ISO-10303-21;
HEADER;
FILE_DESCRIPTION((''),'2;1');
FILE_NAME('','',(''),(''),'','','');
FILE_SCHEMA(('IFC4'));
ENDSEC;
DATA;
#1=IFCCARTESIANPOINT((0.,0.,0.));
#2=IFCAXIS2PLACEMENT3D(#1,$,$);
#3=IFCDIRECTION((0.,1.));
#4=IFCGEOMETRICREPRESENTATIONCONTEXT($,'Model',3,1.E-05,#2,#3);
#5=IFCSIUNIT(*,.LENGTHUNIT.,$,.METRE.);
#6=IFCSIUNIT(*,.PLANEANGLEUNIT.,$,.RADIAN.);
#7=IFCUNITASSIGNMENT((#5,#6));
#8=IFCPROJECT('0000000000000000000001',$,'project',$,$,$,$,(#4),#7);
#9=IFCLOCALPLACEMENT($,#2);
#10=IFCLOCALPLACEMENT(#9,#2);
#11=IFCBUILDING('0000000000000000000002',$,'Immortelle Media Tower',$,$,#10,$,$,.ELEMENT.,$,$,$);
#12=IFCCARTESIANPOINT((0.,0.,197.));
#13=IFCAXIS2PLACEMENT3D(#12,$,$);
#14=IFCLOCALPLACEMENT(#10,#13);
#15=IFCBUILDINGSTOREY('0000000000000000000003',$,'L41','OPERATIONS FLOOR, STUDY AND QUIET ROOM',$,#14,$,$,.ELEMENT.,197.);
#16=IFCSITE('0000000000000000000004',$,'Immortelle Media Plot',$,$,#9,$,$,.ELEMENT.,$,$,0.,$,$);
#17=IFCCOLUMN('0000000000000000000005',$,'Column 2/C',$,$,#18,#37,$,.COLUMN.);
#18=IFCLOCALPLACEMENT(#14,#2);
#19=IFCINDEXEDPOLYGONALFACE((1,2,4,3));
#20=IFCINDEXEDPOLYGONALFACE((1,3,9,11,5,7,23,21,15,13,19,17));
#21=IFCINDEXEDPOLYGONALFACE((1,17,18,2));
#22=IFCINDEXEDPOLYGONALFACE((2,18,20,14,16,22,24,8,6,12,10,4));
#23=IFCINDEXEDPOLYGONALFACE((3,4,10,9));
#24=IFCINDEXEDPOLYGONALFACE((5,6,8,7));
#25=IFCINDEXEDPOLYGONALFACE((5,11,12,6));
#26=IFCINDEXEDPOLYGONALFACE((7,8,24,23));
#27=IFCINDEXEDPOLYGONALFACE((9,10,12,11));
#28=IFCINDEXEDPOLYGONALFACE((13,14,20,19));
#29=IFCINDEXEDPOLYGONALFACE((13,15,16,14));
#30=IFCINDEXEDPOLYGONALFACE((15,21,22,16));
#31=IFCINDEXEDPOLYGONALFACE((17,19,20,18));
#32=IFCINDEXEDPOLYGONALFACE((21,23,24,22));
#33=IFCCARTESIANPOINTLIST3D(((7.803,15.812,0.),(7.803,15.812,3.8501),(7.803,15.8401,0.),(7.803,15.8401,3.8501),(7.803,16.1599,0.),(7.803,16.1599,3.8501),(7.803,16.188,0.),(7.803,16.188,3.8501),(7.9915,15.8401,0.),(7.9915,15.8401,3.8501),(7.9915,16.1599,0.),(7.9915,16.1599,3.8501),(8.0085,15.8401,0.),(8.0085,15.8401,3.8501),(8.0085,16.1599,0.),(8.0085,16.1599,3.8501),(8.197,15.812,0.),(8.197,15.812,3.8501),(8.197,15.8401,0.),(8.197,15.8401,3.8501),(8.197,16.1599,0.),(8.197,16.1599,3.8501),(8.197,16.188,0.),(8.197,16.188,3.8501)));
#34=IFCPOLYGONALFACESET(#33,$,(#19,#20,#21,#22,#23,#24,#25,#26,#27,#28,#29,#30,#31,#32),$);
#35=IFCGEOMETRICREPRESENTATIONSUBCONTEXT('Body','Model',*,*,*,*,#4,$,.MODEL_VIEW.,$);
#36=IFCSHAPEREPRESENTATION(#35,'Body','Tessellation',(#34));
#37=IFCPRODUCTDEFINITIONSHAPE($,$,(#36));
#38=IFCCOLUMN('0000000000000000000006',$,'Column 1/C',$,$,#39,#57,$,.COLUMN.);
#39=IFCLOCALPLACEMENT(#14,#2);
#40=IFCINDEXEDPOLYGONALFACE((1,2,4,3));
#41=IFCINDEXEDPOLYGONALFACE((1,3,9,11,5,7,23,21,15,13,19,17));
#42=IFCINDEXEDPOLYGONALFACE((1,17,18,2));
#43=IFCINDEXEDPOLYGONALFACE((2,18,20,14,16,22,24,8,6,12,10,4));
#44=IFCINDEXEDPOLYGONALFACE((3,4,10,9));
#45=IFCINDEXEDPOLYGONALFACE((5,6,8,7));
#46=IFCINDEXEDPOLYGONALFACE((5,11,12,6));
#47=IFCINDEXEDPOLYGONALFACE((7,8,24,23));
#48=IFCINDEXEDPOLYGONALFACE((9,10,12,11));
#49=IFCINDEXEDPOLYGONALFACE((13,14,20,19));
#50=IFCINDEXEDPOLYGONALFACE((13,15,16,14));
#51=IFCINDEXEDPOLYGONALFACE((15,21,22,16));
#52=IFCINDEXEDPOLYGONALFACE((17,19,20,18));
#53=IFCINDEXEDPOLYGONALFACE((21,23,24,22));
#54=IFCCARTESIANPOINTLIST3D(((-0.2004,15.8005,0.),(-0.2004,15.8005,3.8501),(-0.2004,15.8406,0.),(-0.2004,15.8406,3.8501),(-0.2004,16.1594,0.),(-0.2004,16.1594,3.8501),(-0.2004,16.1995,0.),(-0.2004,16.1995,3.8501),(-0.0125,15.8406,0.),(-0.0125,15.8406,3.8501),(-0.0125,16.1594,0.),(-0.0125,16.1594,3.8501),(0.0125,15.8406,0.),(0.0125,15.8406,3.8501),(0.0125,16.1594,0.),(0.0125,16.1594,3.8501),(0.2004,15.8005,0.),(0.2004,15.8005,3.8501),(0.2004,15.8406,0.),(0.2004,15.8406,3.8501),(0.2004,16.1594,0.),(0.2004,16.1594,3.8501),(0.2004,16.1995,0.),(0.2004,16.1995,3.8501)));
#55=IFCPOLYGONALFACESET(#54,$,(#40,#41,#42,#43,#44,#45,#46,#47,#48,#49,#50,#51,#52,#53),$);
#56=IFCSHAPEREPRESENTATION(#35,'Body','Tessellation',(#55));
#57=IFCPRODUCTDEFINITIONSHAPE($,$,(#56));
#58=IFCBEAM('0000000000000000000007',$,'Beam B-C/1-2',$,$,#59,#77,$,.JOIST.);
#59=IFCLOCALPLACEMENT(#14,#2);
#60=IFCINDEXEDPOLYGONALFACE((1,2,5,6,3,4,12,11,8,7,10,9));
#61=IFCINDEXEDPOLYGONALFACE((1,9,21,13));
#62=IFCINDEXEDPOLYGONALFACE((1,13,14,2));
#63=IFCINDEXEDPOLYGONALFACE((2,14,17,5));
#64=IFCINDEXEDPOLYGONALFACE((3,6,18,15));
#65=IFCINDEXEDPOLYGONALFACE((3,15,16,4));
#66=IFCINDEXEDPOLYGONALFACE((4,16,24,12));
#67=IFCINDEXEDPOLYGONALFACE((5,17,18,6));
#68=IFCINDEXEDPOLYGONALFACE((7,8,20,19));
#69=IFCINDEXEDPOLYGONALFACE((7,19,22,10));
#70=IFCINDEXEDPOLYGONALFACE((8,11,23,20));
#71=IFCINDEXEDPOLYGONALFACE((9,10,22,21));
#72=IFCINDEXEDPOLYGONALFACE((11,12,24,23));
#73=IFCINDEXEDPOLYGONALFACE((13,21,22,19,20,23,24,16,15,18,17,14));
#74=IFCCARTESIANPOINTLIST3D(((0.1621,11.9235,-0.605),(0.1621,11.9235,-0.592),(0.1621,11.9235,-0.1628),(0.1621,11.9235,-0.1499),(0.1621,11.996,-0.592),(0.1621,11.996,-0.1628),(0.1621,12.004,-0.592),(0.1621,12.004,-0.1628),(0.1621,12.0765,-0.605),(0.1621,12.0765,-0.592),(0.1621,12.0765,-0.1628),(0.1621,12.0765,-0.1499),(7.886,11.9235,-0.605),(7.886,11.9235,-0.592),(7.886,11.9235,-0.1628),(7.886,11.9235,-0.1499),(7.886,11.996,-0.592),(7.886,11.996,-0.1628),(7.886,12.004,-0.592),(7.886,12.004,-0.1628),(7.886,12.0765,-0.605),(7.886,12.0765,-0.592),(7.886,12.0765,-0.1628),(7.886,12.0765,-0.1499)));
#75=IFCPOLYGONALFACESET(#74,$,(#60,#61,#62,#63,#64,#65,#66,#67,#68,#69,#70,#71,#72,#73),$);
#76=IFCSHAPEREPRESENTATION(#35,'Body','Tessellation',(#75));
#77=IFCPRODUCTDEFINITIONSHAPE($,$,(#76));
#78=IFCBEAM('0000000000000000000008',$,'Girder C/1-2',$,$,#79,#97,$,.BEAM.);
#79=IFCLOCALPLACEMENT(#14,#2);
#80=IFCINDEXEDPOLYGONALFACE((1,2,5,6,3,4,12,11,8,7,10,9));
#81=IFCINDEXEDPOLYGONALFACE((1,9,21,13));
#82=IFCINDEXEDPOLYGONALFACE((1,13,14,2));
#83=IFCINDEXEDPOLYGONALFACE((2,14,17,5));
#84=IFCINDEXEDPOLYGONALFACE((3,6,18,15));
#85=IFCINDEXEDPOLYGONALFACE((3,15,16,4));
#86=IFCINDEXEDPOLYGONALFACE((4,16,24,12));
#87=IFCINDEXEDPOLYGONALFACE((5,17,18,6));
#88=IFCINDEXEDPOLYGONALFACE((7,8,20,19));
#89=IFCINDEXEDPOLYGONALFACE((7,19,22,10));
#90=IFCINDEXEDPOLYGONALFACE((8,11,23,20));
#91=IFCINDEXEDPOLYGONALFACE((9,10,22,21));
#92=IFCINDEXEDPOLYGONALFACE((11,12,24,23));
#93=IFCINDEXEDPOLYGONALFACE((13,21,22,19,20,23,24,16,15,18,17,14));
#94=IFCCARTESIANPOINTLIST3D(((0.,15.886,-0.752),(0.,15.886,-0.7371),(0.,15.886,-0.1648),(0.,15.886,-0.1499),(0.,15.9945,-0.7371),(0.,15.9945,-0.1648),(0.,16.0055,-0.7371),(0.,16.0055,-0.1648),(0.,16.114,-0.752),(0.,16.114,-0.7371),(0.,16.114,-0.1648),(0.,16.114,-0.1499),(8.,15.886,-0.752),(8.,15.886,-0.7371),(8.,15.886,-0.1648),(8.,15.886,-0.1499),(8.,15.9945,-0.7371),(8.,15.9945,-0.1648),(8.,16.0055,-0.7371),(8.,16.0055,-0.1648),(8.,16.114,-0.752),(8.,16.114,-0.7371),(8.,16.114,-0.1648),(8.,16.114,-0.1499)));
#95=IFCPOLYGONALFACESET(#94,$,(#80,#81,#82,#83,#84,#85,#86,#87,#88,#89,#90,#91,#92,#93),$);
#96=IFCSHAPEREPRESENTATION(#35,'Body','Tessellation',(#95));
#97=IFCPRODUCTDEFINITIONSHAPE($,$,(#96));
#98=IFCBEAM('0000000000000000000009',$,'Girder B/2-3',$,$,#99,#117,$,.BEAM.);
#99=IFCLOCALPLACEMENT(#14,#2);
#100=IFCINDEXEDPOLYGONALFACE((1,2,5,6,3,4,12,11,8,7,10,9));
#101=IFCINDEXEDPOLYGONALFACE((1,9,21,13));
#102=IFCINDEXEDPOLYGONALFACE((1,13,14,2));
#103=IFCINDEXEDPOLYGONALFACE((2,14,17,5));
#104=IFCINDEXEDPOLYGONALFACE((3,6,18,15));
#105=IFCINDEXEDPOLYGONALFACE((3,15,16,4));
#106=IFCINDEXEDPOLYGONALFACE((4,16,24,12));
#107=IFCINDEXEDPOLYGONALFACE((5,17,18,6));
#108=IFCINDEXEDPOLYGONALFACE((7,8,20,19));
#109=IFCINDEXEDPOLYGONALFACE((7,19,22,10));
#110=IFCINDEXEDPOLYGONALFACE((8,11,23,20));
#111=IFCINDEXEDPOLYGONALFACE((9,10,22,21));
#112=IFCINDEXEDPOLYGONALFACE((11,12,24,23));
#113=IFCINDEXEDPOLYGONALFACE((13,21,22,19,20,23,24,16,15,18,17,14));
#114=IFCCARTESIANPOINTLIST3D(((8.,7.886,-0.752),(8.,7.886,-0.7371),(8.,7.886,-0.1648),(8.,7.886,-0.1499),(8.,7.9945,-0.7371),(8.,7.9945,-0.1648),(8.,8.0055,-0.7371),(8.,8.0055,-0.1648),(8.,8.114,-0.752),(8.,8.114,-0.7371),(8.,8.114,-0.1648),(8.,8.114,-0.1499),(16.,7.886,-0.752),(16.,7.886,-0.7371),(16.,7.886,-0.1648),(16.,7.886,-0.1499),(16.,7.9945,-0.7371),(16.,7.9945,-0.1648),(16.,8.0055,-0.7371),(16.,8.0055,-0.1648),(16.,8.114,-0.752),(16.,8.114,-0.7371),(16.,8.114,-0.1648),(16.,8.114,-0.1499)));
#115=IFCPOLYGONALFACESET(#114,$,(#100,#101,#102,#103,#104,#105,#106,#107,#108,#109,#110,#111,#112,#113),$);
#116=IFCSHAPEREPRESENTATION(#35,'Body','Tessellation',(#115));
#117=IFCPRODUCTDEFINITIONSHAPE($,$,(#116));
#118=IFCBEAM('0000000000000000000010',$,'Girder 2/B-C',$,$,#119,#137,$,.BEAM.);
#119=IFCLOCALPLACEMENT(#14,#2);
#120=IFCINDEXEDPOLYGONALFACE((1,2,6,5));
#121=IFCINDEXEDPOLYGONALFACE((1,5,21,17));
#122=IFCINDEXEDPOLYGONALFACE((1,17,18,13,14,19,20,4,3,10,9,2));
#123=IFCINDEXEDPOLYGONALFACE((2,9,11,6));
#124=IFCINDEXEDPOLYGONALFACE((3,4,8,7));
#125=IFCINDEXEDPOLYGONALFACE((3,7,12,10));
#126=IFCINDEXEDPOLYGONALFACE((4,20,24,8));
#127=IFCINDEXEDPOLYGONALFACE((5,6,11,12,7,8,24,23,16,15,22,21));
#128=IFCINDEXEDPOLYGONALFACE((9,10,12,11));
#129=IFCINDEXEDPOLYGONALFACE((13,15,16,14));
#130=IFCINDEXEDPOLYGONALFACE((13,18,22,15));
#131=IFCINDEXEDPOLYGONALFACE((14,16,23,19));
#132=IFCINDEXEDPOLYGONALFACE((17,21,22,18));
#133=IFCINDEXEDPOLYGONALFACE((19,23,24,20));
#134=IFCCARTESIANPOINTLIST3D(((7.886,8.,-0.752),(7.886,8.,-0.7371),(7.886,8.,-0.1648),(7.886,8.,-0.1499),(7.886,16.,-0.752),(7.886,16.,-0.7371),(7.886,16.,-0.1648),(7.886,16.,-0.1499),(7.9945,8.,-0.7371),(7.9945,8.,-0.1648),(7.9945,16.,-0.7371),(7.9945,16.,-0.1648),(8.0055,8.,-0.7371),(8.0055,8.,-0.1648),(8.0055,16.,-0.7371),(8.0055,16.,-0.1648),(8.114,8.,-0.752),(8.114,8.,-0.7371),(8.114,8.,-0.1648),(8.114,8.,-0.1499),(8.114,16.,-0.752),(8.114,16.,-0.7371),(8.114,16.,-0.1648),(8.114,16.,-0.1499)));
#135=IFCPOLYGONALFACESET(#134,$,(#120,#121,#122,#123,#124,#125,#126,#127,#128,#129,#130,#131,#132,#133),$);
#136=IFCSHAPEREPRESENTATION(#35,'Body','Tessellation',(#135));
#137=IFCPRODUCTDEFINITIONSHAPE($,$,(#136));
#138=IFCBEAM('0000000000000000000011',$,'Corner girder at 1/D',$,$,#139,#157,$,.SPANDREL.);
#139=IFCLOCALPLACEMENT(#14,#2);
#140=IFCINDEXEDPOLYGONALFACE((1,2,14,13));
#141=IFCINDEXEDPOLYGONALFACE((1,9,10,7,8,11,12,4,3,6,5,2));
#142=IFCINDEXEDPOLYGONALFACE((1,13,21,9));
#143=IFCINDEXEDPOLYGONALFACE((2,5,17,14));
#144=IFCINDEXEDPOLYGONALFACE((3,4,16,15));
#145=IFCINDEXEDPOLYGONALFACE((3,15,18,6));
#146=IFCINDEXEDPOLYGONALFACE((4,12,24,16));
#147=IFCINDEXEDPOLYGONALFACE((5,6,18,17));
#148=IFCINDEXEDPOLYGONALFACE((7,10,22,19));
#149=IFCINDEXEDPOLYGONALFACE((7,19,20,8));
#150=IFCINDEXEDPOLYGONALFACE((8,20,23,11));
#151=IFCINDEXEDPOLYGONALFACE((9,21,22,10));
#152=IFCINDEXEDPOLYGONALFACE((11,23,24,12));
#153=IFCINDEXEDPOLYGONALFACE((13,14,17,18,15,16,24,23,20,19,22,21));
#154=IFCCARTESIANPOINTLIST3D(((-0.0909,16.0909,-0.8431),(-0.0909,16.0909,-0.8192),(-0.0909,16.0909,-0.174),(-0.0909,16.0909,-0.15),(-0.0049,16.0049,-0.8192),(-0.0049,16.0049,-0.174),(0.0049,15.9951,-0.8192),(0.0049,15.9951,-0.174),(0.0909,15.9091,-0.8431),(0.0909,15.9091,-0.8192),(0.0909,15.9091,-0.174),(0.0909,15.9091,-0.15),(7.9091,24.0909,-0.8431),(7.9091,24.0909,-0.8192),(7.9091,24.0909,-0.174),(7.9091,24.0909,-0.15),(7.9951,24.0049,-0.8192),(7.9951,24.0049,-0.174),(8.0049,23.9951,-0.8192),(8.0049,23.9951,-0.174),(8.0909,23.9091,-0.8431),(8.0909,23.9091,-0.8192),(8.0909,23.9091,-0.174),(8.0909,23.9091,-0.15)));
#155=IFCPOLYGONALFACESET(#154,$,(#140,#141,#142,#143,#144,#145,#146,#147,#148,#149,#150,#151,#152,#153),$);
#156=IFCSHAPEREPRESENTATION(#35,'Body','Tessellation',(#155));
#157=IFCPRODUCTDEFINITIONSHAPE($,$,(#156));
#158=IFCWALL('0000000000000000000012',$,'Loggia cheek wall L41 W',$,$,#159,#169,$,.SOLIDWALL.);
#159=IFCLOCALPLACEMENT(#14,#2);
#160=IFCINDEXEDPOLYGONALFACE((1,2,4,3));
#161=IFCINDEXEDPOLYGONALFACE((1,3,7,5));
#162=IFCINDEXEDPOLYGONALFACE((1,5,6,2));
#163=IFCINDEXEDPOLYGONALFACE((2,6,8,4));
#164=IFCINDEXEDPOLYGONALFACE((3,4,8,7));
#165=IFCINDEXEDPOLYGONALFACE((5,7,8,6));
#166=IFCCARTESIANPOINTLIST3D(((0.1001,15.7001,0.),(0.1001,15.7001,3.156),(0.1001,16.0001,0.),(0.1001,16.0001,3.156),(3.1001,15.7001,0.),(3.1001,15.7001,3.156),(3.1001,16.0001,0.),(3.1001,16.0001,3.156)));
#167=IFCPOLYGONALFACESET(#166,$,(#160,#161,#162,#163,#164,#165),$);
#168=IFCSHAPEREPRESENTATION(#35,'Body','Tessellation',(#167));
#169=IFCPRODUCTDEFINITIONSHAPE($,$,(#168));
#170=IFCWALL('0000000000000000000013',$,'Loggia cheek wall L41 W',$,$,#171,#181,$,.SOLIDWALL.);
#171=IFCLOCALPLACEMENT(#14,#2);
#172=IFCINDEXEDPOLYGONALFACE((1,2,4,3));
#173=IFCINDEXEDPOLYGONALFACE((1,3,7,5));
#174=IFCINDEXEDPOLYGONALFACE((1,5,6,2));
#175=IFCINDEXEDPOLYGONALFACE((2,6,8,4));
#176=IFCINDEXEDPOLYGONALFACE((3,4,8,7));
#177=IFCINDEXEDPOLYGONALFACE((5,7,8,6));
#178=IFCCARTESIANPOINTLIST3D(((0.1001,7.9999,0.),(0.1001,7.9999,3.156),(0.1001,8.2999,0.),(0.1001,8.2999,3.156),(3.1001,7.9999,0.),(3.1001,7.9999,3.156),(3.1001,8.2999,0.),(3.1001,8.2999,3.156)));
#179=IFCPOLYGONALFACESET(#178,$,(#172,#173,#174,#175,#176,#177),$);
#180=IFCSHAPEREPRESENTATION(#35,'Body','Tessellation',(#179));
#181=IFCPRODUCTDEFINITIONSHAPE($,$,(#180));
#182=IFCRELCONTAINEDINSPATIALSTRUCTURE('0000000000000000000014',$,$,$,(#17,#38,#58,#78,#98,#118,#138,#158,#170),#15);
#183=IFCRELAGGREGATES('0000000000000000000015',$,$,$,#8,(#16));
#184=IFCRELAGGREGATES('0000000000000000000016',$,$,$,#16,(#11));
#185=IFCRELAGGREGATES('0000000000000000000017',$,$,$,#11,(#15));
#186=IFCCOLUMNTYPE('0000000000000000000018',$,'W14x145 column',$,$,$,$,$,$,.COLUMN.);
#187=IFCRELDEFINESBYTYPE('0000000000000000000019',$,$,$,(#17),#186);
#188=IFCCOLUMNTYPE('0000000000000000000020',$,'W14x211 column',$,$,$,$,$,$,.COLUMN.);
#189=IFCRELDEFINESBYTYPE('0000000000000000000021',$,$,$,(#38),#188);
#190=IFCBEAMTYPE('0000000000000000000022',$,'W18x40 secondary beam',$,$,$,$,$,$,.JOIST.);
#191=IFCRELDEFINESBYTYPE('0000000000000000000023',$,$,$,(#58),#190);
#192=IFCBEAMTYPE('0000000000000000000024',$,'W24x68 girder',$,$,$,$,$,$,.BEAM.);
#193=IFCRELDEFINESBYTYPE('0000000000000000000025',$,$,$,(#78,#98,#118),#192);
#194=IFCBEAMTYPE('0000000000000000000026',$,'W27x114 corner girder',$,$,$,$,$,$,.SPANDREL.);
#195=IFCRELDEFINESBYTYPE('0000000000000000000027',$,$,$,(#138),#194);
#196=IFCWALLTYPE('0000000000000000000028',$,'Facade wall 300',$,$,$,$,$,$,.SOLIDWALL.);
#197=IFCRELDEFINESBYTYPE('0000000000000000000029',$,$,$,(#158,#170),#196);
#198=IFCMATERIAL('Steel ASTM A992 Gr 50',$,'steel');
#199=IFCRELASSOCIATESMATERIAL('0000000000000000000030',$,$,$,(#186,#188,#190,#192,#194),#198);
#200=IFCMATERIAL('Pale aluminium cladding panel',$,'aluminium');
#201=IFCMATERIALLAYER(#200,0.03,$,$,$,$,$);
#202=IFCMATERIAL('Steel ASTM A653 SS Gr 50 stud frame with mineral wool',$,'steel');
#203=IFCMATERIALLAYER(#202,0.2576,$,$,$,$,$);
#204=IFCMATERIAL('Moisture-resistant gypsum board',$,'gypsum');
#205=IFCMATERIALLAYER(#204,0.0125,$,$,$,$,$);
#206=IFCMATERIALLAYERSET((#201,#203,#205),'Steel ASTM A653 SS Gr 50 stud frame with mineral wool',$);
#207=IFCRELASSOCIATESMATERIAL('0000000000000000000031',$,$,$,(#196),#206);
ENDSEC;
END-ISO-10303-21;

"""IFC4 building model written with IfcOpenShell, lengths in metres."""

from ifc_helpers import new_model, si_unit, direction, frame, frame_2d, origin, origin_2d, place, context, subcontext, project, spatial, rectangle, i_section, extrude, material, layer, layer_set, material_profile, profile_set, type_object, element, save


model = new_model("IFC4")

# Units and contexts
model_context = context("Model", 3, precision=1e-05, world=origin(), true_north=direction((0.0, 1.0)))
body_context = subcontext(model_context, "Body", "Model", "MODEL_VIEW")
ifc_project = project(units=[si_unit("LENGTHUNIT", "METRE"), si_unit("PLANEANGLEUNIT", "RADIAN")], contexts=[model_context])

# Site, building, storey
site_placement = place(None, origin())
site = spatial("IfcSite", under=ifc_project, at=site_placement, Name="Immortelle Media Plot", CompositionType="ELEMENT", RefElevation=0.0)
building_placement = place(site_placement, origin())
building = spatial("IfcBuilding", under=site, at=building_placement, Name="Immortelle Media Tower", CompositionType="ELEMENT")
storey_placement = place(building_placement, frame((0.0, 0.0, 197.0)))
storey = spatial("IfcBuildingStorey", under=building, at=storey_placement, Name="L41", Description="OPERATIONS FLOOR, STUDY AND QUIET ROOM", CompositionType="ELEMENT", Elevation=197.0)

# Columns
ifc_material_1 = material(Name="Steel ASTM A992 Gr 50", Category="steel")
ifc_material_profile_1 = material_profile(ifc_material_1, i_section(OverallWidth=0.394, OverallDepth=0.376, WebThickness=0.0171, FlangeThickness=0.0281, at=origin_2d()), Name="W14x145")
ifc_profile_set_1 = profile_set([ifc_material_profile_1], Name="Steel ASTM A992 Gr 50")
column_type_1 = type_object("IfcColumnType", Name="W14x145 column", PredefinedType="COLUMN", material=ifc_profile_set_1)
column_1_placement = place(storey_placement, frame((8.0, 16.0, 0.0), z_axis=(0.0, 0.0, 1.0), x_axis=(1.0, 0.0, 0.0)))
element("IfcColumn", 1, at=column_1_placement, inside=storey, type_object=column_type_1, Name="Column 2/C", PredefinedType="COLUMN", context=body_context, shape_type="SweptSolid", body=[
    extrude(i_section(OverallWidth=0.394, OverallDepth=0.376, WebThickness=0.0171, FlangeThickness=0.0281, at=origin_2d()), origin(), (0.0, 0.0, 1.0), 3.8501),
])
ifc_material_profile_2 = material_profile(ifc_material_1, i_section(OverallWidth=0.4009, OverallDepth=0.3989, WebThickness=0.0249, FlangeThickness=0.04, at=origin_2d()), Name="W14x211")
ifc_profile_set_2 = profile_set([ifc_material_profile_2], Name="Steel ASTM A992 Gr 50")
column_type_2 = type_object("IfcColumnType", Name="W14x211 column", PredefinedType="COLUMN", material=ifc_profile_set_2)
column_2_placement = place(storey_placement, frame((0.0, 16.0, 0.0), z_axis=(0.0, 0.0, 1.0), x_axis=(1.0, 0.0, 0.0)))
element("IfcColumn", 2, at=column_2_placement, inside=storey, type_object=column_type_2, Name="Column 1/C", PredefinedType="COLUMN", context=body_context, shape_type="SweptSolid", body=[
    extrude(i_section(OverallWidth=0.4009, OverallDepth=0.3989, WebThickness=0.0249, FlangeThickness=0.04, at=origin_2d()), origin(), (0.0, 0.0, 1.0), 3.8501),
])

# Beams
ifc_material_profile_3 = material_profile(ifc_material_1, i_section(OverallWidth=0.1531, OverallDepth=0.4551, WebThickness=0.0081, FlangeThickness=0.0129, at=origin_2d()), Name="W18x40")
ifc_profile_set_3 = profile_set([ifc_material_profile_3], Name="Steel ASTM A992 Gr 50")
beam_type_1 = type_object("IfcBeamType", Name="W18x40 secondary beam", PredefinedType="JOIST", material=ifc_profile_set_3)
beam_1_placement = place(storey_placement, frame((0.1621, 12.0, -0.3774), z_axis=(1.0, 0.0, 0.0), x_axis=(0.0, 1.0, 0.0)))
element("IfcBeam", 3, at=beam_1_placement, inside=storey, type_object=beam_type_1, Name="Beam B-C/1-2", PredefinedType="JOIST", context=body_context, shape_type="SweptSolid", body=[
    extrude(i_section(OverallWidth=0.1531, OverallDepth=0.4551, WebThickness=0.0081, FlangeThickness=0.0129, at=origin_2d()), origin(), (0.0, 0.0, 1.0), 7.7239),
])
ifc_material_profile_4 = material_profile(ifc_material_1, i_section(OverallWidth=0.228, OverallDepth=0.6021, WebThickness=0.011, FlangeThickness=0.0149, at=origin_2d()), Name="W24x68")
ifc_profile_set_4 = profile_set([ifc_material_profile_4], Name="Steel ASTM A992 Gr 50")
beam_type_2 = type_object("IfcBeamType", Name="W24x68 girder", PredefinedType="BEAM", material=ifc_profile_set_4)
for number, where, z_axis, x_axis, name in (
    (4, (0.0, 16.0, -0.4509), (1.0, 0.0, 0.0), (0.0, 1.0, 0.0), "Girder C/1-2"),
    (5, (8.0, 8.0, -0.4509), (1.0, 0.0, 0.0), (0.0, 1.0, 0.0), "Girder B/2-3"),
    (6, (8.0, 8.0, -0.4509), (0.0, 1.0, 0.0), (-1.0, 0.0, 0.0), "Girder 2/B-C"),
):
    element("IfcBeam", number, at=place(storey_placement, frame(where, z_axis=z_axis, x_axis=x_axis)), inside=storey, type_object=beam_type_2, Name=name, PredefinedType="BEAM", context=body_context, shape_type="SweptSolid", body=[
        extrude(i_section(OverallWidth=0.228, OverallDepth=0.6021, WebThickness=0.011, FlangeThickness=0.0149, at=origin_2d()), origin(), (0.0, 0.0, 1.0), 8.0),
    ])
ifc_material_profile_5 = material_profile(ifc_material_1, i_section(OverallWidth=0.2571, OverallDepth=0.6931, WebThickness=0.0139, FlangeThickness=0.0239, at=origin_2d()), Name="W27x114")
ifc_profile_set_5 = profile_set([ifc_material_profile_5], Name="Steel ASTM A992 Gr 50")
beam_type_3 = type_object("IfcBeamType", Name="W27x114 corner girder", PredefinedType="SPANDREL", material=ifc_profile_set_5)
beam_2_placement = place(storey_placement, frame((0.0, 16.0, -0.4966), z_axis=(0.707107, 0.707107, 0.0), x_axis=(-0.707107, 0.707107, 0.0)))
element("IfcBeam", 7, at=beam_2_placement, inside=storey, type_object=beam_type_3, Name="Corner girder at 1/D", PredefinedType="SPANDREL", context=body_context, shape_type="SweptSolid", body=[
    extrude(i_section(OverallWidth=0.2571, OverallDepth=0.6931, WebThickness=0.0139, FlangeThickness=0.0239, at=origin_2d()), origin(), (0.0, 0.0, 1.0), 11.3137),
])

# Shared definitions
ifc_material_2 = material(Name="Pale aluminium cladding panel", Category="aluminium")
ifc_layer_1 = layer(ifc_material_2, 0.03)
ifc_material_3 = material(Name="Steel ASTM A653 SS Gr 50 stud frame with mineral wool", Category="steel")
ifc_layer_2 = layer(ifc_material_3, 0.2576)
ifc_material_4 = material(Name="Moisture-resistant gypsum board", Category="gypsum")
ifc_layer_3 = layer(ifc_material_4, 0.0125)
ifc_layer_set_1 = layer_set([ifc_layer_1, ifc_layer_2, ifc_layer_3], Name="Steel ASTM A653 SS Gr 50 stud frame with mineral wool")
wall_type_1 = type_object("IfcWallType", Name="Facade wall 300", PredefinedType="SOLIDWALL", material=ifc_layer_set_1)

# Walls
for number, where, z_axis, x_axis, name in (
    (8, (0.1001, 15.8501, 0.0), (0.0, 0.0, 1.0), (1.0, 0.0, 0.0), "Loggia cheek wall L41 W"),
    (9, (0.1001, 8.1499, 0.0), (0.0, 0.0, 1.0), (1.0, 0.0, 0.0), "Loggia cheek wall L41 W"),
):
    element("IfcWall", number, at=place(storey_placement, frame(where, z_axis=z_axis, x_axis=x_axis)), inside=storey, type_object=wall_type_1, Name=name, PredefinedType="SOLIDWALL", context=body_context, shape_type="SweptSolid", body=[
        extrude(rectangle(XDim=3.0, YDim=0.3, at=frame_2d((1.5, 0.0))), origin(), (0.0, 0.0, 1.0), 3.156),
    ])

save(model, "model.ifc")
